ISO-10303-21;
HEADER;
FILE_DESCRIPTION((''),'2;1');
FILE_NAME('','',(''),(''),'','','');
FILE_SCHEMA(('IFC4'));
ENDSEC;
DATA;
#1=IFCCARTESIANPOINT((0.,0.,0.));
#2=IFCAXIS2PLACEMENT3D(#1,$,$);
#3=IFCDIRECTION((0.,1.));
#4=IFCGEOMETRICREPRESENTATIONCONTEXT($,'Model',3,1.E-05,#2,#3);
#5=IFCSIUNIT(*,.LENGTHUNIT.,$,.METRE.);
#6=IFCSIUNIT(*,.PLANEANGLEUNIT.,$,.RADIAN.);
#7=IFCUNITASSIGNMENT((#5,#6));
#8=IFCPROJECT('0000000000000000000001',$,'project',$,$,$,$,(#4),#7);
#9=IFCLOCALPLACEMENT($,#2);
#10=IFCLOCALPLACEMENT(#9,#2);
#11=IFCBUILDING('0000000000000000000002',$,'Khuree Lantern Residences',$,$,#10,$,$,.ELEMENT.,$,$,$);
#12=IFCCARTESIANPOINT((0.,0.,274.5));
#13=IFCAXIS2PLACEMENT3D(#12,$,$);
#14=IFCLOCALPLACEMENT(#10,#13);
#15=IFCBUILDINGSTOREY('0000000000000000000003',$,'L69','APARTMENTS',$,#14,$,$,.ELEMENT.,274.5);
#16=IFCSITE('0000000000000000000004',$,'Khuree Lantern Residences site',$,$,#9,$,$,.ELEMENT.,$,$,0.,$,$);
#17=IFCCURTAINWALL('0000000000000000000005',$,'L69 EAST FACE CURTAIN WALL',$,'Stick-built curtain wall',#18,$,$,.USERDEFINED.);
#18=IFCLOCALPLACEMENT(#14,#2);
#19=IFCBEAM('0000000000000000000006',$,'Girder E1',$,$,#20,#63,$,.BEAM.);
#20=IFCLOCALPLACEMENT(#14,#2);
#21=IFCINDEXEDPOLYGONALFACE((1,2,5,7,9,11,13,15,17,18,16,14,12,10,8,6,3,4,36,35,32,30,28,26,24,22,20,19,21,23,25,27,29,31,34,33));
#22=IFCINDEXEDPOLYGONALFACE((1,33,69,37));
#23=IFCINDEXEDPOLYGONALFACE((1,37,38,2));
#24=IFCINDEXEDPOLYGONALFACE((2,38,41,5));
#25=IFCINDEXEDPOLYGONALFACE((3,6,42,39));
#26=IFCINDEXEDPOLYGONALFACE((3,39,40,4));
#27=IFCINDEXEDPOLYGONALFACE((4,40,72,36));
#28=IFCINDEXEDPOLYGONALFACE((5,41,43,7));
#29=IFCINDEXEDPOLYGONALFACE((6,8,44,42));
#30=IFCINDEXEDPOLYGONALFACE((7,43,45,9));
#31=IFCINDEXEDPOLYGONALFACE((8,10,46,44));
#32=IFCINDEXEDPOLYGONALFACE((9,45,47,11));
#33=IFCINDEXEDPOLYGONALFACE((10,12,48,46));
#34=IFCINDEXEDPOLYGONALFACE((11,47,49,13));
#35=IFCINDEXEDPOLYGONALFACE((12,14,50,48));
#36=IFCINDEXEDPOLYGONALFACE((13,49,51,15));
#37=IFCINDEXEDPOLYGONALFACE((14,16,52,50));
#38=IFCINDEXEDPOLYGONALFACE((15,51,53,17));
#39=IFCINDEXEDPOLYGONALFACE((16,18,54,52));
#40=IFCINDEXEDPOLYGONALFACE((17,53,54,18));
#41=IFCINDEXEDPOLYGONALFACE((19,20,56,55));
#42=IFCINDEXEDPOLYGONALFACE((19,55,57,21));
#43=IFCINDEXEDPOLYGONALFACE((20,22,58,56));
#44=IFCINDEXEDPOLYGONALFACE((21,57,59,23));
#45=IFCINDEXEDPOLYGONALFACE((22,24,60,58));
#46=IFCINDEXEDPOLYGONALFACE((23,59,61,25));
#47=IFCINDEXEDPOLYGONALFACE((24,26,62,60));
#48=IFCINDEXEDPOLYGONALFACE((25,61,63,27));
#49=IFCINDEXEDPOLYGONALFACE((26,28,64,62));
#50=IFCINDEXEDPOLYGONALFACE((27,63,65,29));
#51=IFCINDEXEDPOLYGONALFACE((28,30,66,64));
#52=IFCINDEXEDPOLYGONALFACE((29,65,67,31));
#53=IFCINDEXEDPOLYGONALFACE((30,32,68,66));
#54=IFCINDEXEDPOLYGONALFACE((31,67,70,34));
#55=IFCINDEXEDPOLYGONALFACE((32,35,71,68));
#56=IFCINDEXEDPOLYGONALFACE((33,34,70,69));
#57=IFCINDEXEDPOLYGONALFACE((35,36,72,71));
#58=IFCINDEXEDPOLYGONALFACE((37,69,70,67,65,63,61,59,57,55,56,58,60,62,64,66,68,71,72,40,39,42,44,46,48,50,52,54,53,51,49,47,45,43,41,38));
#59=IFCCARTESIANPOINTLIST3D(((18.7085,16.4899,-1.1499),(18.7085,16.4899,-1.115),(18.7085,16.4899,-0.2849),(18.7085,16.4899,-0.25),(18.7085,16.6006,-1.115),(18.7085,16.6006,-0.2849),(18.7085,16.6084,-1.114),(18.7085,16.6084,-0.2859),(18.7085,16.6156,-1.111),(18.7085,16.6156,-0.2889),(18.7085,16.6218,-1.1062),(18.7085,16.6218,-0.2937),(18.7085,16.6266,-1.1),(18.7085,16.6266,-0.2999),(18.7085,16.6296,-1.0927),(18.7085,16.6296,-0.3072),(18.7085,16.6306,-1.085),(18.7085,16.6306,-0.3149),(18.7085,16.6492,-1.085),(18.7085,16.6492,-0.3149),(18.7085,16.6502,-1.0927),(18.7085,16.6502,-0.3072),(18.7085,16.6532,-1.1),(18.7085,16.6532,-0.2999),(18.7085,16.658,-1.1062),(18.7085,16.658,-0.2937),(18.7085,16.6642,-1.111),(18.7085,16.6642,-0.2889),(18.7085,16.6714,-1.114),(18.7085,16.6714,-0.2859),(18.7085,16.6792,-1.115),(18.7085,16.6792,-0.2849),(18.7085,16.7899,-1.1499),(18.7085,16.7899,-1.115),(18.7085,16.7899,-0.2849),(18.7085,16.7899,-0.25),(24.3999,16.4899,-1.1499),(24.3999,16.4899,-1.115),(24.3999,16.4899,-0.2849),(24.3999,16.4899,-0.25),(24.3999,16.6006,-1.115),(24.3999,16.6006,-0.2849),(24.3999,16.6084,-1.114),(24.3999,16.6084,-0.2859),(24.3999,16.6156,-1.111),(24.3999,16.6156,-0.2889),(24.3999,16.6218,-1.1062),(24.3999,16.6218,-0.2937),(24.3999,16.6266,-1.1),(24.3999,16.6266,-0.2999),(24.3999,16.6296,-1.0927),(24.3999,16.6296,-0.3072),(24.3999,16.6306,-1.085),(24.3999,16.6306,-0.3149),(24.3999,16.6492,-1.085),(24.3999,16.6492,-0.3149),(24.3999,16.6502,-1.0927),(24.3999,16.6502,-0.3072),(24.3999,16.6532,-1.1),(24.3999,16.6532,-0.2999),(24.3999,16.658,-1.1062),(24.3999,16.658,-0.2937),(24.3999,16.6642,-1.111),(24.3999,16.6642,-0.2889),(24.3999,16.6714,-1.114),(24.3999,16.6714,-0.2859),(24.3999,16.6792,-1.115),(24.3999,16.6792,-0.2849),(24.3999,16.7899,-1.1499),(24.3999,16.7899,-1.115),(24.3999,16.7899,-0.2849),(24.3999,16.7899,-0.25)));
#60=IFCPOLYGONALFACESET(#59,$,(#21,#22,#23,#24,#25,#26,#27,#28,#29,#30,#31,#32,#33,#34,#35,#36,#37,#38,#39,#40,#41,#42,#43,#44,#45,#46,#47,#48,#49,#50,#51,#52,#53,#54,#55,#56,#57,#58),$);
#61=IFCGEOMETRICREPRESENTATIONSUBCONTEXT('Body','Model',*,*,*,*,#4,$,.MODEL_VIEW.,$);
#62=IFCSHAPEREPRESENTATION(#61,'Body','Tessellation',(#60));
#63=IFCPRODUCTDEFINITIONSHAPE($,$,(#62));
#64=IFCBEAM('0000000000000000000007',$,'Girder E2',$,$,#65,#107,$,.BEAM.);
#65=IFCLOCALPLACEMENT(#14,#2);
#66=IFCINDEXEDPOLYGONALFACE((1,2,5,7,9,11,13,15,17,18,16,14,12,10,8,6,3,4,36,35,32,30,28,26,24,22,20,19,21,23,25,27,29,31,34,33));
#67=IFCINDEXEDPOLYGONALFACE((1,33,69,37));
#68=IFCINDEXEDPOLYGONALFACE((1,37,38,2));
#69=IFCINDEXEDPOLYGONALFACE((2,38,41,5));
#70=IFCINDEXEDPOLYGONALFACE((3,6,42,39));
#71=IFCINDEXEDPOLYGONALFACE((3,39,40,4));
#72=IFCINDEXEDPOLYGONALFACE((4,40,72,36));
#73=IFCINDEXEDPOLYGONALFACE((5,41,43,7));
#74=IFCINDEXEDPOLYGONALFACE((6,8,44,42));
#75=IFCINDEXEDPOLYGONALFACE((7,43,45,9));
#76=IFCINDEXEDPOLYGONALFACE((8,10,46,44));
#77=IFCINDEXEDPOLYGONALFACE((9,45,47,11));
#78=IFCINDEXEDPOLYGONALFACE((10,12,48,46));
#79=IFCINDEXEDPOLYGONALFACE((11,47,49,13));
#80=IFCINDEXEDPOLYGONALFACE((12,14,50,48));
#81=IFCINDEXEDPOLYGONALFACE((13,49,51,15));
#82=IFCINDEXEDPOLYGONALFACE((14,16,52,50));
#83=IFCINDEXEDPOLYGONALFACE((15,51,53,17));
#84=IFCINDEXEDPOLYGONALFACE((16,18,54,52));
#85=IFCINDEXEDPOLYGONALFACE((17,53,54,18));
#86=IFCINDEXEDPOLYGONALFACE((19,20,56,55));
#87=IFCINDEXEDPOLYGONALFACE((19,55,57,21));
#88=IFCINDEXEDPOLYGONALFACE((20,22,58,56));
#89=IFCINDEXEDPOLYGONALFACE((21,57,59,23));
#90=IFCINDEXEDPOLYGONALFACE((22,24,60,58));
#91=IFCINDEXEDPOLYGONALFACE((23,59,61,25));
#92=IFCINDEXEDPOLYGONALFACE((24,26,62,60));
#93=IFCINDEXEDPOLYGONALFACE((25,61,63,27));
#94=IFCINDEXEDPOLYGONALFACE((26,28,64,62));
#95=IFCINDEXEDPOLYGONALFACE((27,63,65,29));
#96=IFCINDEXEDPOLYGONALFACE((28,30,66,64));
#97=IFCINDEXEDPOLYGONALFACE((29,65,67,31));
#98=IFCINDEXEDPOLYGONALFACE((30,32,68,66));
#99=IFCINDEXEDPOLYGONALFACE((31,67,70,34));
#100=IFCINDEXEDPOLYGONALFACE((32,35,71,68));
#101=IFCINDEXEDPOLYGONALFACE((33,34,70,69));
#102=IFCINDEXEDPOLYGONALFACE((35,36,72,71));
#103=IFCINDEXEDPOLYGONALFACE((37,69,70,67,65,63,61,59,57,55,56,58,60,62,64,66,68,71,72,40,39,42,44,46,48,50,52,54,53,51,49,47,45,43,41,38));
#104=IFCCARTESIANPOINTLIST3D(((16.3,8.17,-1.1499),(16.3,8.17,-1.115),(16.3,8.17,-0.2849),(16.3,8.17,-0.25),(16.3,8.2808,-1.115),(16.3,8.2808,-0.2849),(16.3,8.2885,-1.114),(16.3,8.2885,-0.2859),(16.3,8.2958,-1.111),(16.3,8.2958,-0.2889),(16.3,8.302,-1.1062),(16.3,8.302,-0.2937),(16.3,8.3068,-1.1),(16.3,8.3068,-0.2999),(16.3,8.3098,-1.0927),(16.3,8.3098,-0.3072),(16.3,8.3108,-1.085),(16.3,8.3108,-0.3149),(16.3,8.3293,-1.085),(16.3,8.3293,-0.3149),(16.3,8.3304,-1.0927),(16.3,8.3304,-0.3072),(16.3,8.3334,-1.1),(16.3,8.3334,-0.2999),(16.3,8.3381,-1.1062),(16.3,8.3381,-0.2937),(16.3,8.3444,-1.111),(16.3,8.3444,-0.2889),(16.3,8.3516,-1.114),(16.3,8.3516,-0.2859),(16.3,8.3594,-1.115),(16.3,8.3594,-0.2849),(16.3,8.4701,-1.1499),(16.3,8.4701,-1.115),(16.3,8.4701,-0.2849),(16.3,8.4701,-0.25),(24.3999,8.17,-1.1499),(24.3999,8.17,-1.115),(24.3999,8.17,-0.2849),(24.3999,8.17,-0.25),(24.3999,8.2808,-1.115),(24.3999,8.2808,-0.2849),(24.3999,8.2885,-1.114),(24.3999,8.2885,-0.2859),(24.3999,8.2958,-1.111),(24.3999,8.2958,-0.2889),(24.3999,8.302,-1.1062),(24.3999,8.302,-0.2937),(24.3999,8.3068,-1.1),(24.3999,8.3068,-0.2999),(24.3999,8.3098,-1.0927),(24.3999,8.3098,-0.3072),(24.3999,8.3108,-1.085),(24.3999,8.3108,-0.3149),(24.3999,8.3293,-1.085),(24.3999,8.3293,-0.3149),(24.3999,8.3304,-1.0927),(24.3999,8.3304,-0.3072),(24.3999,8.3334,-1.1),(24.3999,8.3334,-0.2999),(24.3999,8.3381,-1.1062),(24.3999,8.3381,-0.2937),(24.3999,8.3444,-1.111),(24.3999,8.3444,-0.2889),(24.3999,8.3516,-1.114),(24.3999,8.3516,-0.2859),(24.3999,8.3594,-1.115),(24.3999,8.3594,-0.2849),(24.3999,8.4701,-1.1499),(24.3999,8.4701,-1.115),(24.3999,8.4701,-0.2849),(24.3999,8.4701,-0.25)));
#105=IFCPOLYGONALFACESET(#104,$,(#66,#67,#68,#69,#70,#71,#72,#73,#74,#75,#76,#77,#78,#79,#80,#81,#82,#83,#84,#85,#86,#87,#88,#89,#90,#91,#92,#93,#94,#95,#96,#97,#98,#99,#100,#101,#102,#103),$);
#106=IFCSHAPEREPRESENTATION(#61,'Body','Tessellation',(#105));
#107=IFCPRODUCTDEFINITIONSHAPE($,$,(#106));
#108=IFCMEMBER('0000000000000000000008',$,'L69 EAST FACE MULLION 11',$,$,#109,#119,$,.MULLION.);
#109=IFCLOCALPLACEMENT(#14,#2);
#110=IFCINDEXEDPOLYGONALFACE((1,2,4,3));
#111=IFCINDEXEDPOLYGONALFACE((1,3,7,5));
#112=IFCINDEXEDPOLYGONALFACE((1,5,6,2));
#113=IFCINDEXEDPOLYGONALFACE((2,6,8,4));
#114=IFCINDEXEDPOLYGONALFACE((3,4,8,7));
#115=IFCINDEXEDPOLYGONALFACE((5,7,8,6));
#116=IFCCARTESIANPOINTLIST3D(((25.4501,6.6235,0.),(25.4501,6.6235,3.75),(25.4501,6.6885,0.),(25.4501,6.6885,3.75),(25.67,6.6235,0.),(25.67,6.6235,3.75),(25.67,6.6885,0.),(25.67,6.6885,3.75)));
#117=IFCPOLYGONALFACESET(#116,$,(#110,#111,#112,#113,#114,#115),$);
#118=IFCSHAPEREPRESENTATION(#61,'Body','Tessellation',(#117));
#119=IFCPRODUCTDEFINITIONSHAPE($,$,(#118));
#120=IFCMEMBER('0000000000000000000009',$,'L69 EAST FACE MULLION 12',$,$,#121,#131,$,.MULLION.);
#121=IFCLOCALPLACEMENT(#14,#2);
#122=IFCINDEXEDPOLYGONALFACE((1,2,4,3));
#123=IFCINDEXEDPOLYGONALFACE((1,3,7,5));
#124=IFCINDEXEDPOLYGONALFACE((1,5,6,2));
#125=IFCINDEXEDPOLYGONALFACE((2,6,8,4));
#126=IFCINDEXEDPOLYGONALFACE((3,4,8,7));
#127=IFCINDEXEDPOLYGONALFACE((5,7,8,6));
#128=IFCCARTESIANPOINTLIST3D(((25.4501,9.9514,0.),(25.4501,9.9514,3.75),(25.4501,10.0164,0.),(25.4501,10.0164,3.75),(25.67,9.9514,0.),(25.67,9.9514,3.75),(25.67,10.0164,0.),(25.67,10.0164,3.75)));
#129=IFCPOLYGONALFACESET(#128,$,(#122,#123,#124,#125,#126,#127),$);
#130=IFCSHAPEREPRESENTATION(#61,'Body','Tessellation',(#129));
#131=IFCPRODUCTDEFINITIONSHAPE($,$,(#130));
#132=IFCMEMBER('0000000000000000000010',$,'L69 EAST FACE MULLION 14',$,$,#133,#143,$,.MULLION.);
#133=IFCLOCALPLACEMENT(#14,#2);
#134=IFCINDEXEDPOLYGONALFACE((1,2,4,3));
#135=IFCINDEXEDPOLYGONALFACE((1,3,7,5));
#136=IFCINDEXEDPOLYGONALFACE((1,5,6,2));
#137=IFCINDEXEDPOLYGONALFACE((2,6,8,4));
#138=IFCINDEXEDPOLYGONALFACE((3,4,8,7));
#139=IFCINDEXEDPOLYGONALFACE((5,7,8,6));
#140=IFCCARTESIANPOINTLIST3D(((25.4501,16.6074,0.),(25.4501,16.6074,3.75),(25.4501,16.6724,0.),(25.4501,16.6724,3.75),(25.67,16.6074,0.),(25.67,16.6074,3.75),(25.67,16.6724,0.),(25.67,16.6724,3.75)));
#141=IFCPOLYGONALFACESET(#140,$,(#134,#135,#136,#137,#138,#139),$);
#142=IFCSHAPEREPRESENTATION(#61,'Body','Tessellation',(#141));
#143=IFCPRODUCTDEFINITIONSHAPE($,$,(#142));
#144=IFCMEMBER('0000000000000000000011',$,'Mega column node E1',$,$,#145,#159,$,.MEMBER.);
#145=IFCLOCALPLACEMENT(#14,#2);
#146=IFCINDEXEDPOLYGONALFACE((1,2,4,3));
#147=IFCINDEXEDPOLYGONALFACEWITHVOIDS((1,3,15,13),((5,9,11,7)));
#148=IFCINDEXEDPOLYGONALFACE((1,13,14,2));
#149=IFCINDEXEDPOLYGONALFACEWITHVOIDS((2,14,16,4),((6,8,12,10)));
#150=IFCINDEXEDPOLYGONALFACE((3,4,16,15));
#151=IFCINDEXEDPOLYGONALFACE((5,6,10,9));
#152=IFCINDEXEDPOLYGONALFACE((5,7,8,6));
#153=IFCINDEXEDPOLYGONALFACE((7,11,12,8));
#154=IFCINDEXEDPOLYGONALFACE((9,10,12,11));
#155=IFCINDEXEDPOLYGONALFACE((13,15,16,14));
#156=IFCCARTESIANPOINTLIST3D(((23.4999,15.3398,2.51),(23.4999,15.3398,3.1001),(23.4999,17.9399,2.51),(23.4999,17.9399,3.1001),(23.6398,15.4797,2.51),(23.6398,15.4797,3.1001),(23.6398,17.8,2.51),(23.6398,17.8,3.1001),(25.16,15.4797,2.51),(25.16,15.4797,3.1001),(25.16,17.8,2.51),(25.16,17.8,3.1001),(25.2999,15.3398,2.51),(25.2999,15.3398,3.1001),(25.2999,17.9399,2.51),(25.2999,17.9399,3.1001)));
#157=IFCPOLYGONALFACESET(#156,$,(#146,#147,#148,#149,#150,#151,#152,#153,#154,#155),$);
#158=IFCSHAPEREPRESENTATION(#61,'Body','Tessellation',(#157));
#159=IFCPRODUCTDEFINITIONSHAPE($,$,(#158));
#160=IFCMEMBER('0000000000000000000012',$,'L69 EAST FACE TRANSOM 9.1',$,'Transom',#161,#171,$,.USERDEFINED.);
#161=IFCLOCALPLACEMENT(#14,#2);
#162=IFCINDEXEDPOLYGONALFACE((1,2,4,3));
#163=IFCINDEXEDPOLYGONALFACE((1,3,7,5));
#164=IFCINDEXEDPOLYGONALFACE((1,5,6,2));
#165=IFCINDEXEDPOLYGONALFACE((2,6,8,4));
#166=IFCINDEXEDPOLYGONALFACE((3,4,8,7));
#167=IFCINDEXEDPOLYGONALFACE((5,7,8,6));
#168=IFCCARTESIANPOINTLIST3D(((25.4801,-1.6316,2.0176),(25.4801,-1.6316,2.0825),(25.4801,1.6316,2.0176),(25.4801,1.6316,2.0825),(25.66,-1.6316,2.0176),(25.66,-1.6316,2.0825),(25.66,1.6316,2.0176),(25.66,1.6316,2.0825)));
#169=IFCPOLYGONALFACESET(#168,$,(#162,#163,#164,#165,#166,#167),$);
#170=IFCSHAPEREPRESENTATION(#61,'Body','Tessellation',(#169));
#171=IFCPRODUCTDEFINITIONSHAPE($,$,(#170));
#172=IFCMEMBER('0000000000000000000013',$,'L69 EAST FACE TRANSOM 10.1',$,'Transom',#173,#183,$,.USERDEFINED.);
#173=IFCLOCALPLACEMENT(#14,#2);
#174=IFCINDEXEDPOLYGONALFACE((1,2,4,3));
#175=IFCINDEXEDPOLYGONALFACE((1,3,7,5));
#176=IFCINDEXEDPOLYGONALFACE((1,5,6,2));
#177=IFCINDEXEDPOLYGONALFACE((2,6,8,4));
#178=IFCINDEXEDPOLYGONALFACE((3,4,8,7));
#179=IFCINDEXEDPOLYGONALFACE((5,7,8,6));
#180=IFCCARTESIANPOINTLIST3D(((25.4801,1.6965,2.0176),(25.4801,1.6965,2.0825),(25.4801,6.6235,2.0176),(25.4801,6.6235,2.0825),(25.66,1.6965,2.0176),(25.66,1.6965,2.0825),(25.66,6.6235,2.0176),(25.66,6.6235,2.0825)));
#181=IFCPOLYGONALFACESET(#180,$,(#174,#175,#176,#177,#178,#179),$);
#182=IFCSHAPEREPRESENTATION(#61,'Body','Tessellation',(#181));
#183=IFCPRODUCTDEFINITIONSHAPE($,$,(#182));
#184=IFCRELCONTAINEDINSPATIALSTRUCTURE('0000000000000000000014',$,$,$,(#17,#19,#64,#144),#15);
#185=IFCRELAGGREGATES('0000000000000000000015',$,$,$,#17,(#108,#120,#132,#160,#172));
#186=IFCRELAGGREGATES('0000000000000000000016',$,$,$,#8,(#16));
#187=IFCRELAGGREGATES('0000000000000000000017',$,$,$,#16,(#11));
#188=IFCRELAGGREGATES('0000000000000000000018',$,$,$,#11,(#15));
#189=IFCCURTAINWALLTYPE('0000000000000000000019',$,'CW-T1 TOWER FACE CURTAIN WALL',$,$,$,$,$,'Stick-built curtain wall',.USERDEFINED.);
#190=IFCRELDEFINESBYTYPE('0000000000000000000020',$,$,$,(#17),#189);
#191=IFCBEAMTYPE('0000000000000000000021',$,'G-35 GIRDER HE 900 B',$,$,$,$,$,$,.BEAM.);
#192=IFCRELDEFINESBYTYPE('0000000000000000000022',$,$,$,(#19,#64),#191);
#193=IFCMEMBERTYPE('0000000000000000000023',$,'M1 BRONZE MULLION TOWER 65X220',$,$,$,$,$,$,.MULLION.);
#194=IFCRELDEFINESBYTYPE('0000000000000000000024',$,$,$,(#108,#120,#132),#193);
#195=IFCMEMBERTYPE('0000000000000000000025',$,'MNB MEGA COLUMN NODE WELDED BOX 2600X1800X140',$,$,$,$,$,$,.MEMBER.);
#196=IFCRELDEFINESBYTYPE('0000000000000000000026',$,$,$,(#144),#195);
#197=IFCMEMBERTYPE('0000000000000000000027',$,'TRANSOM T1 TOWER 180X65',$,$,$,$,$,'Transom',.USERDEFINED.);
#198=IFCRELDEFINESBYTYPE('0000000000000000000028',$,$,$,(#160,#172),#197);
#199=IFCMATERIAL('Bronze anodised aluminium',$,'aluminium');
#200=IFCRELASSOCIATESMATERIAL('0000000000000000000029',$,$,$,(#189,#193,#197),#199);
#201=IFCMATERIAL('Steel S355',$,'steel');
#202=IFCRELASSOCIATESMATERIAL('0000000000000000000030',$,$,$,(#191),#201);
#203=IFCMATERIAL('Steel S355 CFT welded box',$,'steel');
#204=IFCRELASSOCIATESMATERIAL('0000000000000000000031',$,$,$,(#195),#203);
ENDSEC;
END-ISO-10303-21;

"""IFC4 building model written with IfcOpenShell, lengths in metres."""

from ifc_helpers import new_model, si_unit, direction, frame, origin, origin_2d, place, context, subcontext, project, spatial, rectangle, hollow_rectangle, i_section, extrude, material, material_profile, profile_set, type_object, element, aggregate, save


model = new_model("IFC4")

# Units and contexts
model_context = context("Model", 3, precision=1e-05, world=origin(), true_north=direction((0.0, 1.0)))
body_context = subcontext(model_context, "Body", "Model", "MODEL_VIEW")
ifc_project = project(units=[si_unit("LENGTHUNIT", "METRE"), si_unit("PLANEANGLEUNIT", "RADIAN")], contexts=[model_context])

# Site, building, storey
site_placement = place(None, origin())
site = spatial("IfcSite", under=ifc_project, at=site_placement, Name="Khuree Lantern Residences site", CompositionType="ELEMENT", RefElevation=0.0)
building_placement = place(site_placement, origin())
building = spatial("IfcBuilding", under=site, at=building_placement, Name="Khuree Lantern Residences", CompositionType="ELEMENT")
storey_placement = place(building_placement, frame((0.0, 0.0, 274.5)))
storey = spatial("IfcBuildingStorey", under=building, at=storey_placement, Name="L69", Description="APARTMENTS", CompositionType="ELEMENT", Elevation=274.5)

# Shared definitions
ifc_material_1 = material(Name="Steel S355 CFT welded box", Category="steel")

# Shared definitions
ifc_material_2 = material(Name="Steel S355", Category="steel")

# Curtain wall
ifc_material_3 = material(Name="Bronze anodised aluminium", Category="aluminium")
curtain_wall_type = type_object("IfcCurtainWallType", Name="CW-T1 TOWER FACE CURTAIN WALL", ElementType="Stick-built curtain wall", PredefinedType="USERDEFINED", material=ifc_material_3)
curtain_wall_placement = place(storey_placement, origin())
curtain_wall = element("IfcCurtainWall", 1, at=curtain_wall_placement, inside=storey, type_object=curtain_wall_type, Name="L69 EAST FACE CURTAIN WALL", ObjectType="Stick-built curtain wall", PredefinedType="USERDEFINED")

# Beams
ifc_material_profile_1 = material_profile(ifc_material_2, i_section(OverallWidth=0.3, OverallDepth=0.8999, WebThickness=0.0186, FlangeThickness=0.0349, FilletRadius=0.03, at=origin_2d()), Name="HE 900 B")
ifc_profile_set_1 = profile_set([ifc_material_profile_1], Name="Steel S355")
beam_type_1 = type_object("IfcBeamType", Name="G-35 GIRDER HE 900 B", PredefinedType="BEAM", material=ifc_profile_set_1)
beam_1_placement = place(storey_placement, frame((24.3999, 16.6399, -0.7), z_axis=(-1.0, 0.0, 0.0), x_axis=(0.0, -1.0, 0.0)))
element("IfcBeam", 2, at=beam_1_placement, inside=storey, type_object=beam_type_1, Name="Girder E1", PredefinedType="BEAM", context=body_context, shape_type="SweptSolid", body=[
    extrude(i_section(OverallWidth=0.3, OverallDepth=0.8999, WebThickness=0.0186, FlangeThickness=0.0349, FilletRadius=0.03, at=origin_2d()), origin(), (0.0, 0.0, 1.0), 5.6914),
])
beam_2_placement = place(storey_placement, frame((24.3999, 8.3201, -0.7), z_axis=(-1.0, 0.0, 0.0), x_axis=(0.0, -1.0, 0.0)))
element("IfcBeam", 3, at=beam_2_placement, inside=storey, type_object=beam_type_1, Name="Girder E2", PredefinedType="BEAM", context=body_context, shape_type="SweptSolid", body=[
    extrude(i_section(OverallWidth=0.3, OverallDepth=0.8999, WebThickness=0.0186, FlangeThickness=0.0349, FilletRadius=0.03, at=origin_2d()), origin(), (0.0, 0.0, 1.0), 8.0999),
])

# Members
ifc_material_profile_2 = material_profile(ifc_material_3, rectangle(XDim=0.0649, YDim=0.22, at=origin_2d()), Name="M1 65X220")
ifc_profile_set_2 = profile_set([ifc_material_profile_2], Name="Bronze anodised aluminium")
member_type_1 = type_object("IfcMemberType", Name="M1 BRONZE MULLION TOWER 65X220", PredefinedType="MULLION", material=ifc_profile_set_2)
member_1_placement = place(storey_placement, frame((25.5601, 6.656, 0.0), z_axis=(0.0, 0.0, 1.0), x_axis=(0.0, 1.0, 0.0)))
member_1 = element("IfcMember", 4, at=member_1_placement, type_object=member_type_1, Name="L69 EAST FACE MULLION 11", PredefinedType="MULLION", context=body_context, shape_type="SweptSolid", body=[
    extrude(rectangle(XDim=0.0649, YDim=0.22, at=origin_2d()), origin(), (0.0, 0.0, 1.0), 3.75),
])
member_2_placement = place(storey_placement, frame((25.5601, 9.9839, 0.0), z_axis=(0.0, 0.0, 1.0), x_axis=(0.0, 1.0, 0.0)))
member_2 = element("IfcMember", 5, at=member_2_placement, type_object=member_type_1, Name="L69 EAST FACE MULLION 12", PredefinedType="MULLION", context=body_context, shape_type="SweptSolid", body=[
    extrude(rectangle(XDim=0.0649, YDim=0.22, at=origin_2d()), origin(), (0.0, 0.0, 1.0), 3.75),
])
member_3_placement = place(storey_placement, frame((25.5601, 16.6399, 0.0), z_axis=(0.0, 0.0, 1.0), x_axis=(0.0, 1.0, 0.0)))
member_3 = element("IfcMember", 6, at=member_3_placement, type_object=member_type_1, Name="L69 EAST FACE MULLION 14", PredefinedType="MULLION", context=body_context, shape_type="SweptSolid", body=[
    extrude(rectangle(XDim=0.0649, YDim=0.22, at=origin_2d()), origin(), (0.0, 0.0, 1.0), 3.75),
])
ifc_material_profile_3 = material_profile(ifc_material_1, hollow_rectangle(XDim=2.6001, YDim=1.8, WallThickness=0.1399, at=origin_2d()), Name="WELDED BOX 2600X1800X140")
ifc_profile_set_3 = profile_set([ifc_material_profile_3], Name="Steel S355 CFT welded box")
member_type_2 = type_object("IfcMemberType", Name="MNB MEGA COLUMN NODE WELDED BOX 2600X1800X140", PredefinedType="MEMBER", material=ifc_profile_set_3)
member_4_placement = place(storey_placement, frame((24.3999, 16.6399, 2.51), z_axis=(0.0, 0.0, 1.0), x_axis=(0.0, 1.0, 0.0)))
element("IfcMember", 7, at=member_4_placement, inside=storey, type_object=member_type_2, Name="Mega column node E1", PredefinedType="MEMBER", context=body_context, shape_type="SweptSolid", body=[
    extrude(hollow_rectangle(XDim=2.6001, YDim=1.8, WallThickness=0.1399, at=origin_2d()), origin(), (0.0, 0.0, 1.0), 0.5901),
])
ifc_material_profile_4 = material_profile(ifc_material_3, rectangle(XDim=0.1799, YDim=0.0649, at=origin_2d()), Name="T1 180X65")
ifc_profile_set_4 = profile_set([ifc_material_profile_4], Name="Bronze anodised aluminium")
member_type_3 = type_object("IfcMemberType", Name="TRANSOM T1 TOWER 180X65", ElementType="Transom", PredefinedType="USERDEFINED", material=ifc_profile_set_4)
member_5_placement = place(storey_placement, frame((25.5701, -1.6316, 2.05), z_axis=(0.0, 1.0, 0.0), x_axis=(-1.0, 0.0, 0.0)))
member_5 = element("IfcMember", 8, at=member_5_placement, type_object=member_type_3, Name="L69 EAST FACE TRANSOM 9.1", ObjectType="Transom", PredefinedType="USERDEFINED", context=body_context, shape_type="SweptSolid", body=[
    extrude(rectangle(XDim=0.1799, YDim=0.0649, at=origin_2d()), origin(), (0.0, 0.0, 1.0), 3.2632),
])
member_6_placement = place(storey_placement, frame((25.5701, 1.6965, 2.05), z_axis=(0.0, 1.0, 0.0), x_axis=(-1.0, 0.0, 0.0)))
member_6 = element("IfcMember", 9, at=member_6_placement, type_object=member_type_3, Name="L69 EAST FACE TRANSOM 10.1", ObjectType="Transom", PredefinedType="USERDEFINED", context=body_context, shape_type="SweptSolid", body=[
    extrude(rectangle(XDim=0.1799, YDim=0.0649, at=origin_2d()), origin(), (0.0, 0.0, 1.0), 4.927),
])

aggregate(curtain_wall, [member_1, member_2, member_3, member_5, member_6])

save(model, "model.ifc")
